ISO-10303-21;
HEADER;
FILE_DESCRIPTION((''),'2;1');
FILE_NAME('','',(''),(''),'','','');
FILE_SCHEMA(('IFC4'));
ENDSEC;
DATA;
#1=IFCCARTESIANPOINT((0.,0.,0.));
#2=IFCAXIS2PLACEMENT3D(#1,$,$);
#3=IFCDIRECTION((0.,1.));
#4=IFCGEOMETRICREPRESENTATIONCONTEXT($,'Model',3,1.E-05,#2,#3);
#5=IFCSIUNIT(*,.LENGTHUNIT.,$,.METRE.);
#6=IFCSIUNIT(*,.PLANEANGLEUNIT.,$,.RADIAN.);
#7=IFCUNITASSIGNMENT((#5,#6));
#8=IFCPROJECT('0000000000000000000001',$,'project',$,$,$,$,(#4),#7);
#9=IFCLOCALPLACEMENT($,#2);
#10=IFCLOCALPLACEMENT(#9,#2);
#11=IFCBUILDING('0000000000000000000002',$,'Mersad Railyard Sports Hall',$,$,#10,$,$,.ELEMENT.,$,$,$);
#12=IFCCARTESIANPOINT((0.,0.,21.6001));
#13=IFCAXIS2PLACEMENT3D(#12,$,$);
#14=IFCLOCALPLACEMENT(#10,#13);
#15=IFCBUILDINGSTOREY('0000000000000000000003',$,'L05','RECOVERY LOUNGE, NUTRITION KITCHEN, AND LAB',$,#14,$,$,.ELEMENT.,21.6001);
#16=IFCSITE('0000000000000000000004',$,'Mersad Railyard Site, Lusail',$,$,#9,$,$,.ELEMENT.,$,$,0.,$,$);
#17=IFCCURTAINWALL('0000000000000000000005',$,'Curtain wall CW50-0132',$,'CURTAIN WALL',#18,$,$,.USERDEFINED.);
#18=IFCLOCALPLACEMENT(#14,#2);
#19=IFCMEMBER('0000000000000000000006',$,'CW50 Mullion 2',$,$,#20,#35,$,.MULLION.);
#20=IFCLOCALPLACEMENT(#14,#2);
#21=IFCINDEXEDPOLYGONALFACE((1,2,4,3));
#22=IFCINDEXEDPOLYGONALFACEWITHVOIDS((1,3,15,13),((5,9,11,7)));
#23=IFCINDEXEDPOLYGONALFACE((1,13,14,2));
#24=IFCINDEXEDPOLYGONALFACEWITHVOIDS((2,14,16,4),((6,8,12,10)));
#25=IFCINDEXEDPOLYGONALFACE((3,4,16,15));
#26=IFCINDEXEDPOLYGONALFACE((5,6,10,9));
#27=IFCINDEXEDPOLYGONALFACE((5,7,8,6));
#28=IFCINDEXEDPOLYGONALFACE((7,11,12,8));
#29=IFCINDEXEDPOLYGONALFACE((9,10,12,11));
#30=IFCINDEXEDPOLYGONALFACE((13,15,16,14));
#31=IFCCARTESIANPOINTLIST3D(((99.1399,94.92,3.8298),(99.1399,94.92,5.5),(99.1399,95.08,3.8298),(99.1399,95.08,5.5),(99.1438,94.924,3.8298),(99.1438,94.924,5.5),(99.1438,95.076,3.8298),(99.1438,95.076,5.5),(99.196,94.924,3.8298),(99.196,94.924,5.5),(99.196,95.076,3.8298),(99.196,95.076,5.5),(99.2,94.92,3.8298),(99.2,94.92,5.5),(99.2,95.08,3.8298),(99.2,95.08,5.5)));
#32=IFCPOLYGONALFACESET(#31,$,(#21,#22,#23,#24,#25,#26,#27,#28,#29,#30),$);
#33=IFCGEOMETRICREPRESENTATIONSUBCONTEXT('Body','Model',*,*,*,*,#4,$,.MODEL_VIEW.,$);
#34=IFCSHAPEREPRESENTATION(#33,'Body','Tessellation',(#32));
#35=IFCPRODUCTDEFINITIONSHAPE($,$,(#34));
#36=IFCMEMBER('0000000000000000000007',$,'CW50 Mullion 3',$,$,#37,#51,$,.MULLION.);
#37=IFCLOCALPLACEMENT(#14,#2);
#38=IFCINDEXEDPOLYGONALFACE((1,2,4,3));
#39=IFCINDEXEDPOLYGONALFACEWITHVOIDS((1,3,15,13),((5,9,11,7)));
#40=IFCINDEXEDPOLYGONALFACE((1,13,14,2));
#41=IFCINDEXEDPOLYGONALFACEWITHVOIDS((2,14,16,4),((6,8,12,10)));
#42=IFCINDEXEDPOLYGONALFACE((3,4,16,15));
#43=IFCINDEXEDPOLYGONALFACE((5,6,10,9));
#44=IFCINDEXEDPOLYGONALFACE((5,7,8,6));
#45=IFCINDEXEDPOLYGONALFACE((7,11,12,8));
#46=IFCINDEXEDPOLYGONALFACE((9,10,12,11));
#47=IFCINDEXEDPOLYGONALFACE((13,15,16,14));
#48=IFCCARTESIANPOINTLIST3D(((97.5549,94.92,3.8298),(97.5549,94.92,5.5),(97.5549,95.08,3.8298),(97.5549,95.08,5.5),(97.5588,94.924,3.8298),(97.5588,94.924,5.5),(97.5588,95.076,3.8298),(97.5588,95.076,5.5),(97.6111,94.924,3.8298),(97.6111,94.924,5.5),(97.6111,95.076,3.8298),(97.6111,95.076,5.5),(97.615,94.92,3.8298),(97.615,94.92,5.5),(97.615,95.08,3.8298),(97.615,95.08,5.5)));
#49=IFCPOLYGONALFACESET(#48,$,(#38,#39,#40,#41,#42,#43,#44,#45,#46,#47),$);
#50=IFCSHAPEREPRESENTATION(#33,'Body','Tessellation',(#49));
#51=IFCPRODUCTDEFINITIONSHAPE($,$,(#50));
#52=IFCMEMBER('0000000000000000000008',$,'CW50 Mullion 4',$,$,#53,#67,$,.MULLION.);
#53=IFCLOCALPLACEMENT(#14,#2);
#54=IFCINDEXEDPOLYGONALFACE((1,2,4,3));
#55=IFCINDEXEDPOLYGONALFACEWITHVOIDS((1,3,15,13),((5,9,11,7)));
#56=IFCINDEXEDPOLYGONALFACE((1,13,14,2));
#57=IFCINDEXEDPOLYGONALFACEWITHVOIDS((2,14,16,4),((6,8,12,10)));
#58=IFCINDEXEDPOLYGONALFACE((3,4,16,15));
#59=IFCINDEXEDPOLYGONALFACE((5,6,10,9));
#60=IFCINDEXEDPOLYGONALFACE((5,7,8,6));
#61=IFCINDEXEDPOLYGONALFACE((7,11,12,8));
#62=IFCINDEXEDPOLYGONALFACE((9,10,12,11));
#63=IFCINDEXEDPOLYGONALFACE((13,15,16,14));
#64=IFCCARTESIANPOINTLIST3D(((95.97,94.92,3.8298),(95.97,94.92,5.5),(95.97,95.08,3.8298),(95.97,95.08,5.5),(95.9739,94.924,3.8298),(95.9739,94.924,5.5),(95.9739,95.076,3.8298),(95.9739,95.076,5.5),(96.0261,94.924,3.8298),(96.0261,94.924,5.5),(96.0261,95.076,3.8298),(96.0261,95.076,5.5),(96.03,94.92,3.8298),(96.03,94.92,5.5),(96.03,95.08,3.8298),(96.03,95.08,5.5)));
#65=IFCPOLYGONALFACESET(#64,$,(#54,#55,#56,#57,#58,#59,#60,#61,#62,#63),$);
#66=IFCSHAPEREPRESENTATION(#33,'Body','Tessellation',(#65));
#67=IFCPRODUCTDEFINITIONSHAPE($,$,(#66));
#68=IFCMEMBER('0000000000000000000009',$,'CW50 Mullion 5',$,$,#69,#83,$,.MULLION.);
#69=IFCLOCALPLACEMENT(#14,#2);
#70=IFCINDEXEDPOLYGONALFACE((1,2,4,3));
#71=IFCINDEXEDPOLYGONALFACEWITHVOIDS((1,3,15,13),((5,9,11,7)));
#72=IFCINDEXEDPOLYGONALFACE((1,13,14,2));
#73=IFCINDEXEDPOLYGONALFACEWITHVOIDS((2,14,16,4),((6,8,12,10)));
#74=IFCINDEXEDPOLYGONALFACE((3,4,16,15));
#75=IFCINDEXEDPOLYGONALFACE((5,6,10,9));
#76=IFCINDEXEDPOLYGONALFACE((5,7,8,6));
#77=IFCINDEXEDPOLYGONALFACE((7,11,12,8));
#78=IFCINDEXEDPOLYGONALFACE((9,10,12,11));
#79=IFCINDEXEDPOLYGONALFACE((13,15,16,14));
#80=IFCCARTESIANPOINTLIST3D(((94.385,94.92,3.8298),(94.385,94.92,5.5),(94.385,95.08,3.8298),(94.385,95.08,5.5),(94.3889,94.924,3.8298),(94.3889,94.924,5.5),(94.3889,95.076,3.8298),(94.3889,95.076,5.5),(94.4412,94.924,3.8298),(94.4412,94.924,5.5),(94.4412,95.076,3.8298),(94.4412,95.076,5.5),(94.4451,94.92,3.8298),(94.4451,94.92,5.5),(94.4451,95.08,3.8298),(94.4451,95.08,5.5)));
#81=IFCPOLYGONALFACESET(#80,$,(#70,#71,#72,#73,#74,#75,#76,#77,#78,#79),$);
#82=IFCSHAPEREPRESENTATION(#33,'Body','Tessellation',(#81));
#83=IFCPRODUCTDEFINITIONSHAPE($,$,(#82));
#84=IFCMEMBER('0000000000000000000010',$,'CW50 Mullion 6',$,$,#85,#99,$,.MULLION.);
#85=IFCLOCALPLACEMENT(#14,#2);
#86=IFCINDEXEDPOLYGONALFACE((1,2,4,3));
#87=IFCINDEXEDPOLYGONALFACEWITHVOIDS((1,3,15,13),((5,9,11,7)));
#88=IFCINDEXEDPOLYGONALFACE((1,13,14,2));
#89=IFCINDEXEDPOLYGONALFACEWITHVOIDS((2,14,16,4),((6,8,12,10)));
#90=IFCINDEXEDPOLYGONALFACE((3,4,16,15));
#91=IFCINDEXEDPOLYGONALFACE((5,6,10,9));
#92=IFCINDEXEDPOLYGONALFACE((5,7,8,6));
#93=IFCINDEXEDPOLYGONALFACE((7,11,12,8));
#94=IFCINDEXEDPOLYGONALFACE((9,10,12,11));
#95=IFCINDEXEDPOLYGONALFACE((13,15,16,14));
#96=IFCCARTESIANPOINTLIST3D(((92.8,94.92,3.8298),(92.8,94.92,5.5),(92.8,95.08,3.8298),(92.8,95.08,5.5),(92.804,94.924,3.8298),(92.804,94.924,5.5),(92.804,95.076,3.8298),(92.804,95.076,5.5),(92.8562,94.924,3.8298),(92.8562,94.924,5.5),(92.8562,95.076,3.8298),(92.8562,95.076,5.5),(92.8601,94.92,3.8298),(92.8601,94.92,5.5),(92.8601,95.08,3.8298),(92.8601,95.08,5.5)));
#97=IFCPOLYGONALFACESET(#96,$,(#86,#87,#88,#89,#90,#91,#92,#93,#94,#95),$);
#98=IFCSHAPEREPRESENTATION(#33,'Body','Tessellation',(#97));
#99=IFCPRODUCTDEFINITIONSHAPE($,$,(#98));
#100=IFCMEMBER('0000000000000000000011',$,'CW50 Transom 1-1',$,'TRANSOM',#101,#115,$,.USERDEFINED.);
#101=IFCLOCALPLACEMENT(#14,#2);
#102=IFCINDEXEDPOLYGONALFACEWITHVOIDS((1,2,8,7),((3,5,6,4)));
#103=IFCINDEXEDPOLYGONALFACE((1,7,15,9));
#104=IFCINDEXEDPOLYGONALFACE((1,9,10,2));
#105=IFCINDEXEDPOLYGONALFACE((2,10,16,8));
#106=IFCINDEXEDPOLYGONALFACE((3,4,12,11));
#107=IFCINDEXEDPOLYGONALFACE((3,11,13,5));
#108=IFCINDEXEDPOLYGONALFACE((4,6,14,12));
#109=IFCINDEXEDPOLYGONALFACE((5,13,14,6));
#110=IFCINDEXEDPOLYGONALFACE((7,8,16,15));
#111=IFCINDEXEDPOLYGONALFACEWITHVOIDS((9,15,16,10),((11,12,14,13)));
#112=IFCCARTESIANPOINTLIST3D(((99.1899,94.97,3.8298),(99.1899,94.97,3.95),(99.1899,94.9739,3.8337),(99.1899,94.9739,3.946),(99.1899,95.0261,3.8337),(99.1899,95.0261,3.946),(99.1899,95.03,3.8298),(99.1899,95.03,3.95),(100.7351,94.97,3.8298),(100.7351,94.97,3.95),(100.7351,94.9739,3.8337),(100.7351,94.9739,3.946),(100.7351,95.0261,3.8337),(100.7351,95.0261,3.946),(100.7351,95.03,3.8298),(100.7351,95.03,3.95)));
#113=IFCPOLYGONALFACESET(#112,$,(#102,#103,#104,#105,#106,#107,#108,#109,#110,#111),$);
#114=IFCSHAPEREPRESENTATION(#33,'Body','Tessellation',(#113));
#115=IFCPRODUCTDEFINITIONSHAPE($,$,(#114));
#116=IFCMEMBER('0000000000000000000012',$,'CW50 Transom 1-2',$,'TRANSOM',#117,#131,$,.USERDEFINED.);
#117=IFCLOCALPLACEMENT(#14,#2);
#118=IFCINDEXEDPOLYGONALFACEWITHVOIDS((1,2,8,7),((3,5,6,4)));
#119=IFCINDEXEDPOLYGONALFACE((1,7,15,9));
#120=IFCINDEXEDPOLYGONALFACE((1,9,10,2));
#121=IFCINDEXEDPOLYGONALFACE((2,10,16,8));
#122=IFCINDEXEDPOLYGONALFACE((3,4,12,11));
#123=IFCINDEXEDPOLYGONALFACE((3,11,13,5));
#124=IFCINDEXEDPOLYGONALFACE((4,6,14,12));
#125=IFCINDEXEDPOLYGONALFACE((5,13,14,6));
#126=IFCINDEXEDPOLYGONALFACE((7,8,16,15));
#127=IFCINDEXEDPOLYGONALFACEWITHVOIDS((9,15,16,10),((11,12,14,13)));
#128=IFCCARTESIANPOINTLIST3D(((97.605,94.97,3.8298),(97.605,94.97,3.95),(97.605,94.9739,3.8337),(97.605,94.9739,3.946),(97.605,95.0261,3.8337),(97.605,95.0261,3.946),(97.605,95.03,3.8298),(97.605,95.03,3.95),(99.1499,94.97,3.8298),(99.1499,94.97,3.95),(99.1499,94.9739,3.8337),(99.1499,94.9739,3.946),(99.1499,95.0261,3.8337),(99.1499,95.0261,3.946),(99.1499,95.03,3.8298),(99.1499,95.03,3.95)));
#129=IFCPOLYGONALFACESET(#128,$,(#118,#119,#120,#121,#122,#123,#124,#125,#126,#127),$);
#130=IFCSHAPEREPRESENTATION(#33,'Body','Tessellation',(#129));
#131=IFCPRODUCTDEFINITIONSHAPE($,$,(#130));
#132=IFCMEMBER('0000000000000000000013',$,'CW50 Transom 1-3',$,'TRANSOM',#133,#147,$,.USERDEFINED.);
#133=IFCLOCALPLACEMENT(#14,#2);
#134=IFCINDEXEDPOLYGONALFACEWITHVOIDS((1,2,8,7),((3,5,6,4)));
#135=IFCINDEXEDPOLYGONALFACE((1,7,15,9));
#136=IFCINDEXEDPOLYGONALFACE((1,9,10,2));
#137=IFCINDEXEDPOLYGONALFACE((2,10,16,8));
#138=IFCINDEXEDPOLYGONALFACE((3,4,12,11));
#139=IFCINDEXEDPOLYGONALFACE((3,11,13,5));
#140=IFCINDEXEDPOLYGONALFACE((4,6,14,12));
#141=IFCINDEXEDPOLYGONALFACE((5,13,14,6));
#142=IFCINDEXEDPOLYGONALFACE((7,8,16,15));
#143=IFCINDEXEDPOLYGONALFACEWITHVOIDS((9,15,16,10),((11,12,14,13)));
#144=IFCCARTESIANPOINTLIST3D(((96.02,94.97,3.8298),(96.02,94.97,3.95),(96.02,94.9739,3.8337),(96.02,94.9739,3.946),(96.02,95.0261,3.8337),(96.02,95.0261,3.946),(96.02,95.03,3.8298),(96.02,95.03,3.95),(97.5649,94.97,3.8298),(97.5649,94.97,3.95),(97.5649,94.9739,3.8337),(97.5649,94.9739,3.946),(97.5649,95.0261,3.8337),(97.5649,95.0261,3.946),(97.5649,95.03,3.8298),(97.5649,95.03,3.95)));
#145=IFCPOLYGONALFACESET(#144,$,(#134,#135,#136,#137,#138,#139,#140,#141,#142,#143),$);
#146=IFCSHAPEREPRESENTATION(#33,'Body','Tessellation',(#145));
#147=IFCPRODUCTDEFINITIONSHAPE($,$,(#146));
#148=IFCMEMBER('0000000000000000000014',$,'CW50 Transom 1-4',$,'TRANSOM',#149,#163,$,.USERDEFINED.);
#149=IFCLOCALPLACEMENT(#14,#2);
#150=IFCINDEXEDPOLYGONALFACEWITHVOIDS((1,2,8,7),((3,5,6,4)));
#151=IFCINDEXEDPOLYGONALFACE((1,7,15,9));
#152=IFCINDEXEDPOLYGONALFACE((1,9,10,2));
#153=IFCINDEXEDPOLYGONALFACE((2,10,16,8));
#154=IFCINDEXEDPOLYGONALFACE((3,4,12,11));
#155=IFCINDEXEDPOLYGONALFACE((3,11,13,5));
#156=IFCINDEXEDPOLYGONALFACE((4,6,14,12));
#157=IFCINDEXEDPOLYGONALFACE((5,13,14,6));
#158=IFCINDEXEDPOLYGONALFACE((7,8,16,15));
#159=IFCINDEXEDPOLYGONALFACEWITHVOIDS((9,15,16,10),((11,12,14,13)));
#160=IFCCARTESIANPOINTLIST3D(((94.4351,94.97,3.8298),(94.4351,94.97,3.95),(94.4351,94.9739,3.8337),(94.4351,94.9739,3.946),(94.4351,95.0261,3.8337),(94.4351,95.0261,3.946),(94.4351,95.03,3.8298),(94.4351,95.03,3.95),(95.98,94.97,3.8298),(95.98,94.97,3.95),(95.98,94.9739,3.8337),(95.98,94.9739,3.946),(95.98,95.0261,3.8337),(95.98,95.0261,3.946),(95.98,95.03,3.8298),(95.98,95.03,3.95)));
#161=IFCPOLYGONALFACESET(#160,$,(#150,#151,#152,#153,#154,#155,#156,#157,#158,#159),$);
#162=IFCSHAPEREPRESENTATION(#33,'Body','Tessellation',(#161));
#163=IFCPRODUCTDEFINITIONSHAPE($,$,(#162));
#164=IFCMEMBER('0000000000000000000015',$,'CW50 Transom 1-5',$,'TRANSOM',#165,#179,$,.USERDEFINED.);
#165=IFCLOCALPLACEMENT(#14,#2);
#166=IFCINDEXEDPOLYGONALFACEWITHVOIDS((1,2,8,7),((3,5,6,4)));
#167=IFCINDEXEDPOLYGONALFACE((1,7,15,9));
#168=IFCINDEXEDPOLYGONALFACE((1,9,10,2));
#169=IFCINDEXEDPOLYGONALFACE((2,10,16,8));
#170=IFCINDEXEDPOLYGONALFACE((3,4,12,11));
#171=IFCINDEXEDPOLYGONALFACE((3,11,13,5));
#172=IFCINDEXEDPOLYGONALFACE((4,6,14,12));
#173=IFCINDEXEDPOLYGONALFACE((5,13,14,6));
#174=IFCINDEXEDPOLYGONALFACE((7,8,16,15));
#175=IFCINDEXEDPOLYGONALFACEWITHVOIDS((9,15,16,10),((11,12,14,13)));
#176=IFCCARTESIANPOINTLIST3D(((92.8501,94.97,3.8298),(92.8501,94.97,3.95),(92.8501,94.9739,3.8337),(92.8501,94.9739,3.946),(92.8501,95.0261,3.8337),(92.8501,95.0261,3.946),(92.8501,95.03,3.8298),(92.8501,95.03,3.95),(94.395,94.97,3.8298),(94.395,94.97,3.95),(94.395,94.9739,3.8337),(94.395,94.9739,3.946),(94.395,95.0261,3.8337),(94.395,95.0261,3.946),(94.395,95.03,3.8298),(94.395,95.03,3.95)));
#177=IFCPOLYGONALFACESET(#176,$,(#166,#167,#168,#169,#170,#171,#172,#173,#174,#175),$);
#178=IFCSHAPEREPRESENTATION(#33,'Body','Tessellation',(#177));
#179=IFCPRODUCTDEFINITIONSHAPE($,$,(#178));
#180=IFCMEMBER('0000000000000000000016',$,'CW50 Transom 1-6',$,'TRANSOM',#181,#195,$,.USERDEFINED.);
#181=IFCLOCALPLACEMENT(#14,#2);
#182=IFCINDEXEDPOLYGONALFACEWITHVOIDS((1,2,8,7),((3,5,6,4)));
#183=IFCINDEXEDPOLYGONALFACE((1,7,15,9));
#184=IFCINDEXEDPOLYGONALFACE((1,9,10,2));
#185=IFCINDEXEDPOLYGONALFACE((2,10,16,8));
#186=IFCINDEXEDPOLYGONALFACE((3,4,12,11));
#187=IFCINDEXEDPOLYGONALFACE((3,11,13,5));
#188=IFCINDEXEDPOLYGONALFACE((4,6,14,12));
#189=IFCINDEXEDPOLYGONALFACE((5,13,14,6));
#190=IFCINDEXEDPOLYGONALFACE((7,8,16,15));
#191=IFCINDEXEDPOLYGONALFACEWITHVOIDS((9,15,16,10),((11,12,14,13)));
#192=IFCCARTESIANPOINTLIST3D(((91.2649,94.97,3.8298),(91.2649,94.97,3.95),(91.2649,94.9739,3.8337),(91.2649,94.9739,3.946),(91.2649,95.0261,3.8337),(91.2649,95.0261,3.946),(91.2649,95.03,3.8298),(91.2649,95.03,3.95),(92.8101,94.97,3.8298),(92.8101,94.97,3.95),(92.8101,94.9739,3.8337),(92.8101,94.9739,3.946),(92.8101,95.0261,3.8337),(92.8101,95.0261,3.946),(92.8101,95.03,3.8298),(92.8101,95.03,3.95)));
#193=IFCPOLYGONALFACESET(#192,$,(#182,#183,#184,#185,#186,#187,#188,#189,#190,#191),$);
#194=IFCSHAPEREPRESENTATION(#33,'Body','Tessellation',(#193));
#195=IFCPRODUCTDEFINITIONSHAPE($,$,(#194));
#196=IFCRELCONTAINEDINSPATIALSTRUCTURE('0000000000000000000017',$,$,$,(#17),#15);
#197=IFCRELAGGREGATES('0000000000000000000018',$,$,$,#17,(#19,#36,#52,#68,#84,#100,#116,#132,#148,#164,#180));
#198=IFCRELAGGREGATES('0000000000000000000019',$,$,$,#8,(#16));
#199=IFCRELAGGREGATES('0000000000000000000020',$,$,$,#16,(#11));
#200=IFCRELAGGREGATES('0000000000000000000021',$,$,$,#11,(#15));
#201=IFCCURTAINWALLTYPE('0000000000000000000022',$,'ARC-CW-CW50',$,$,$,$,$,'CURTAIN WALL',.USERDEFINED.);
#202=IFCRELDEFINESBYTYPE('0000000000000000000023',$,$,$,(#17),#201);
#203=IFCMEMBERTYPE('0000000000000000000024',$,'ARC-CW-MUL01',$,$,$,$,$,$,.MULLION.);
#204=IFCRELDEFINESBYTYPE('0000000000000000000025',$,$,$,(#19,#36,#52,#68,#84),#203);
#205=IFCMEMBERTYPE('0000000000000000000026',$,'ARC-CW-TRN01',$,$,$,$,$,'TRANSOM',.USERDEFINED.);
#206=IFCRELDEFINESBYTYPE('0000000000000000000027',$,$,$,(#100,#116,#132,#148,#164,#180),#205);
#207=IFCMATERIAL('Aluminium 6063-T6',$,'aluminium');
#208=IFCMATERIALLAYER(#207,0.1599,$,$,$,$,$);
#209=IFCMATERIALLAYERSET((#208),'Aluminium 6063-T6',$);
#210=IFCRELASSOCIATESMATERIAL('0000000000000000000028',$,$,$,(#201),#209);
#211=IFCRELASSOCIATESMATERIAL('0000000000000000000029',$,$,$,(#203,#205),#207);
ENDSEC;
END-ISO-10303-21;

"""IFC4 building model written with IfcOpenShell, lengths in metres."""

from ifc_helpers import new_model, si_unit, direction, frame, origin, origin_2d, place, context, subcontext, project, spatial, hollow_rectangle, extrude, material, layer, layer_set, material_profile, profile_set, type_object, element, aggregate, save


model = new_model("IFC4")

# Units and contexts
model_context = context("Model", 3, precision=1e-05, world=origin(), true_north=direction((0.0, 1.0)))
body_context = subcontext(model_context, "Body", "Model", "MODEL_VIEW")
ifc_project = project(units=[si_unit("LENGTHUNIT", "METRE"), si_unit("PLANEANGLEUNIT", "RADIAN")], contexts=[model_context])

# Site, building, storey
site_placement = place(None, origin())
site = spatial("IfcSite", under=ifc_project, at=site_placement, Name="Mersad Railyard Site, Lusail", CompositionType="ELEMENT", RefElevation=0.0)
building_placement = place(site_placement, origin())
building = spatial("IfcBuilding", under=site, at=building_placement, Name="Mersad Railyard Sports Hall", CompositionType="ELEMENT")
storey_placement = place(building_placement, frame((0.0, 0.0, 21.6001)))
storey = spatial("IfcBuildingStorey", under=building, at=storey_placement, Name="L05", Description="RECOVERY LOUNGE, NUTRITION KITCHEN, AND LAB", CompositionType="ELEMENT", Elevation=21.6001)

# Curtain wall, members
ifc_material_1 = material(Name="Aluminium 6063-T6", Category="aluminium")
ifc_layer_1 = layer(ifc_material_1, 0.1599)
ifc_layer_set_1 = layer_set([ifc_layer_1], Name="Aluminium 6063-T6")
curtain_wall_type = type_object("IfcCurtainWallType", Name="ARC-CW-CW50", ElementType="CURTAIN WALL", PredefinedType="USERDEFINED", material=ifc_layer_set_1)
curtain_wall_placement = place(storey_placement, origin())
curtain_wall = element("IfcCurtainWall", 1, at=curtain_wall_placement, inside=storey, type_object=curtain_wall_type, Name="Curtain wall CW50-0132", ObjectType="CURTAIN WALL", PredefinedType="USERDEFINED")
ifc_material_profile_1 = material_profile(ifc_material_1, hollow_rectangle(XDim=0.0601, YDim=0.1599, WallThickness=0.0039, at=origin_2d()), Name="AL MULLION 60x160x4")
ifc_profile_set_1 = profile_set([ifc_material_profile_1], Name="Aluminium 6063-T6")
member_type_1 = type_object("IfcMemberType", Name="ARC-CW-MUL01", PredefinedType="MULLION", material=ifc_profile_set_1)
member_1_placement = place(storey_placement, frame((99.1699, 95.0, 3.8298), z_axis=(0.0, 0.0, 1.0), x_axis=(1.0, 0.0, 0.0)))
member_1 = element("IfcMember", 2, at=member_1_placement, type_object=member_type_1, Name="CW50 Mullion 2", PredefinedType="MULLION", context=body_context, shape_type="SweptSolid", body=[
    extrude(hollow_rectangle(XDim=0.0601, YDim=0.1599, WallThickness=0.0039, at=origin_2d()), origin(), (0.0, 0.0, 1.0), 1.6702),
])
member_2_placement = place(storey_placement, frame((97.585, 95.0, 3.8298), z_axis=(0.0, 0.0, 1.0), x_axis=(1.0, 0.0, 0.0)))
member_2 = element("IfcMember", 3, at=member_2_placement, type_object=member_type_1, Name="CW50 Mullion 3", PredefinedType="MULLION", context=body_context, shape_type="SweptSolid", body=[
    extrude(hollow_rectangle(XDim=0.0601, YDim=0.1599, WallThickness=0.0039, at=origin_2d()), origin(), (0.0, 0.0, 1.0), 1.6702),
])
member_3_placement = place(storey_placement, frame((96.0, 95.0, 3.8298), z_axis=(0.0, 0.0, 1.0), x_axis=(1.0, 0.0, 0.0)))
member_3 = element("IfcMember", 4, at=member_3_placement, type_object=member_type_1, Name="CW50 Mullion 4", PredefinedType="MULLION", context=body_context, shape_type="SweptSolid", body=[
    extrude(hollow_rectangle(XDim=0.0601, YDim=0.1599, WallThickness=0.0039, at=origin_2d()), origin(), (0.0, 0.0, 1.0), 1.6702),
])
member_4_placement = place(storey_placement, frame((94.415, 95.0, 3.8298), z_axis=(0.0, 0.0, 1.0), x_axis=(1.0, 0.0, 0.0)))
member_4 = element("IfcMember", 5, at=member_4_placement, type_object=member_type_1, Name="CW50 Mullion 5", PredefinedType="MULLION", context=body_context, shape_type="SweptSolid", body=[
    extrude(hollow_rectangle(XDim=0.0601, YDim=0.1599, WallThickness=0.0039, at=origin_2d()), origin(), (0.0, 0.0, 1.0), 1.6702),
])
member_5_placement = place(storey_placement, frame((92.8301, 95.0, 3.8298), z_axis=(0.0, 0.0, 1.0), x_axis=(1.0, 0.0, 0.0)))
member_5 = element("IfcMember", 6, at=member_5_placement, type_object=member_type_1, Name="CW50 Mullion 6", PredefinedType="MULLION", context=body_context, shape_type="SweptSolid", body=[
    extrude(hollow_rectangle(XDim=0.0601, YDim=0.1599, WallThickness=0.0039, at=origin_2d()), origin(), (0.0, 0.0, 1.0), 1.6702),
])
ifc_material_profile_2 = material_profile(ifc_material_1, hollow_rectangle(XDim=0.0601, YDim=0.1201, WallThickness=0.0039, at=origin_2d()), Name="AL TRANSOM 60x120x4")
ifc_profile_set_2 = profile_set([ifc_material_profile_2], Name="Aluminium 6063-T6")
member_type_2 = type_object("IfcMemberType", Name="ARC-CW-TRN01", ElementType="TRANSOM", PredefinedType="USERDEFINED", material=ifc_profile_set_2)
member_6_placement = place(storey_placement, frame((100.7351, 95.0, 3.8899), z_axis=(-1.0, 0.0, 0.0), x_axis=(0.0, -1.0, 0.0)))
member_6 = element("IfcMember", 7, at=member_6_placement, type_object=member_type_2, Name="CW50 Transom 1-1", ObjectType="TRANSOM", PredefinedType="USERDEFINED", context=body_context, shape_type="SweptSolid", body=[
    extrude(hollow_rectangle(XDim=0.0601, YDim=0.1201, WallThickness=0.0039, at=origin_2d()), origin(), (0.0, 0.0, 1.0), 1.5452),
])
member_7_placement = place(storey_placement, frame((99.1499, 95.0, 3.8899), z_axis=(-1.0, 0.0, 0.0), x_axis=(0.0, -1.0, 0.0)))
member_7 = element("IfcMember", 8, at=member_7_placement, type_object=member_type_2, Name="CW50 Transom 1-2", ObjectType="TRANSOM", PredefinedType="USERDEFINED", context=body_context, shape_type="SweptSolid", body=[
    extrude(hollow_rectangle(XDim=0.0601, YDim=0.1201, WallThickness=0.0039, at=origin_2d()), origin(), (0.0, 0.0, 1.0), 1.5449),
])
member_8_placement = place(storey_placement, frame((97.5649, 95.0, 3.8899), z_axis=(-1.0, 0.0, 0.0), x_axis=(0.0, -1.0, 0.0)))
member_8 = element("IfcMember", 9, at=member_8_placement, type_object=member_type_2, Name="CW50 Transom 1-3", ObjectType="TRANSOM", PredefinedType="USERDEFINED", context=body_context, shape_type="SweptSolid", body=[
    extrude(hollow_rectangle(XDim=0.0601, YDim=0.1201, WallThickness=0.0039, at=origin_2d()), origin(), (0.0, 0.0, 1.0), 1.5449),
])
member_9_placement = place(storey_placement, frame((95.98, 95.0, 3.8899), z_axis=(-1.0, 0.0, 0.0), x_axis=(0.0, -1.0, 0.0)))
member_9 = element("IfcMember", 10, at=member_9_placement, type_object=member_type_2, Name="CW50 Transom 1-4", ObjectType="TRANSOM", PredefinedType="USERDEFINED", context=body_context, shape_type="SweptSolid", body=[
    extrude(hollow_rectangle(XDim=0.0601, YDim=0.1201, WallThickness=0.0039, at=origin_2d()), origin(), (0.0, 0.0, 1.0), 1.5449),
])
member_10_placement = place(storey_placement, frame((94.395, 95.0, 3.8899), z_axis=(-1.0, 0.0, 0.0), x_axis=(0.0, -1.0, 0.0)))
member_10 = element("IfcMember", 11, at=member_10_placement, type_object=member_type_2, Name="CW50 Transom 1-5", ObjectType="TRANSOM", PredefinedType="USERDEFINED", context=body_context, shape_type="SweptSolid", body=[
    extrude(hollow_rectangle(XDim=0.0601, YDim=0.1201, WallThickness=0.0039, at=origin_2d()), origin(), (0.0, 0.0, 1.0), 1.5449),
])
member_11_placement = place(storey_placement, frame((92.8101, 95.0, 3.8899), z_axis=(-1.0, 0.0, 0.0), x_axis=(0.0, -1.0, 0.0)))
member_11 = element("IfcMember", 12, at=member_11_placement, type_object=member_type_2, Name="CW50 Transom 1-6", ObjectType="TRANSOM", PredefinedType="USERDEFINED", context=body_context, shape_type="SweptSolid", body=[
    extrude(hollow_rectangle(XDim=0.0601, YDim=0.1201, WallThickness=0.0039, at=origin_2d()), origin(), (0.0, 0.0, 1.0), 1.5452),
])

aggregate(curtain_wall, [member_1, member_2, member_3, member_4, member_5, member_6, member_7, member_8, member_9, member_10, member_11])

save(model, "model.ifc")
